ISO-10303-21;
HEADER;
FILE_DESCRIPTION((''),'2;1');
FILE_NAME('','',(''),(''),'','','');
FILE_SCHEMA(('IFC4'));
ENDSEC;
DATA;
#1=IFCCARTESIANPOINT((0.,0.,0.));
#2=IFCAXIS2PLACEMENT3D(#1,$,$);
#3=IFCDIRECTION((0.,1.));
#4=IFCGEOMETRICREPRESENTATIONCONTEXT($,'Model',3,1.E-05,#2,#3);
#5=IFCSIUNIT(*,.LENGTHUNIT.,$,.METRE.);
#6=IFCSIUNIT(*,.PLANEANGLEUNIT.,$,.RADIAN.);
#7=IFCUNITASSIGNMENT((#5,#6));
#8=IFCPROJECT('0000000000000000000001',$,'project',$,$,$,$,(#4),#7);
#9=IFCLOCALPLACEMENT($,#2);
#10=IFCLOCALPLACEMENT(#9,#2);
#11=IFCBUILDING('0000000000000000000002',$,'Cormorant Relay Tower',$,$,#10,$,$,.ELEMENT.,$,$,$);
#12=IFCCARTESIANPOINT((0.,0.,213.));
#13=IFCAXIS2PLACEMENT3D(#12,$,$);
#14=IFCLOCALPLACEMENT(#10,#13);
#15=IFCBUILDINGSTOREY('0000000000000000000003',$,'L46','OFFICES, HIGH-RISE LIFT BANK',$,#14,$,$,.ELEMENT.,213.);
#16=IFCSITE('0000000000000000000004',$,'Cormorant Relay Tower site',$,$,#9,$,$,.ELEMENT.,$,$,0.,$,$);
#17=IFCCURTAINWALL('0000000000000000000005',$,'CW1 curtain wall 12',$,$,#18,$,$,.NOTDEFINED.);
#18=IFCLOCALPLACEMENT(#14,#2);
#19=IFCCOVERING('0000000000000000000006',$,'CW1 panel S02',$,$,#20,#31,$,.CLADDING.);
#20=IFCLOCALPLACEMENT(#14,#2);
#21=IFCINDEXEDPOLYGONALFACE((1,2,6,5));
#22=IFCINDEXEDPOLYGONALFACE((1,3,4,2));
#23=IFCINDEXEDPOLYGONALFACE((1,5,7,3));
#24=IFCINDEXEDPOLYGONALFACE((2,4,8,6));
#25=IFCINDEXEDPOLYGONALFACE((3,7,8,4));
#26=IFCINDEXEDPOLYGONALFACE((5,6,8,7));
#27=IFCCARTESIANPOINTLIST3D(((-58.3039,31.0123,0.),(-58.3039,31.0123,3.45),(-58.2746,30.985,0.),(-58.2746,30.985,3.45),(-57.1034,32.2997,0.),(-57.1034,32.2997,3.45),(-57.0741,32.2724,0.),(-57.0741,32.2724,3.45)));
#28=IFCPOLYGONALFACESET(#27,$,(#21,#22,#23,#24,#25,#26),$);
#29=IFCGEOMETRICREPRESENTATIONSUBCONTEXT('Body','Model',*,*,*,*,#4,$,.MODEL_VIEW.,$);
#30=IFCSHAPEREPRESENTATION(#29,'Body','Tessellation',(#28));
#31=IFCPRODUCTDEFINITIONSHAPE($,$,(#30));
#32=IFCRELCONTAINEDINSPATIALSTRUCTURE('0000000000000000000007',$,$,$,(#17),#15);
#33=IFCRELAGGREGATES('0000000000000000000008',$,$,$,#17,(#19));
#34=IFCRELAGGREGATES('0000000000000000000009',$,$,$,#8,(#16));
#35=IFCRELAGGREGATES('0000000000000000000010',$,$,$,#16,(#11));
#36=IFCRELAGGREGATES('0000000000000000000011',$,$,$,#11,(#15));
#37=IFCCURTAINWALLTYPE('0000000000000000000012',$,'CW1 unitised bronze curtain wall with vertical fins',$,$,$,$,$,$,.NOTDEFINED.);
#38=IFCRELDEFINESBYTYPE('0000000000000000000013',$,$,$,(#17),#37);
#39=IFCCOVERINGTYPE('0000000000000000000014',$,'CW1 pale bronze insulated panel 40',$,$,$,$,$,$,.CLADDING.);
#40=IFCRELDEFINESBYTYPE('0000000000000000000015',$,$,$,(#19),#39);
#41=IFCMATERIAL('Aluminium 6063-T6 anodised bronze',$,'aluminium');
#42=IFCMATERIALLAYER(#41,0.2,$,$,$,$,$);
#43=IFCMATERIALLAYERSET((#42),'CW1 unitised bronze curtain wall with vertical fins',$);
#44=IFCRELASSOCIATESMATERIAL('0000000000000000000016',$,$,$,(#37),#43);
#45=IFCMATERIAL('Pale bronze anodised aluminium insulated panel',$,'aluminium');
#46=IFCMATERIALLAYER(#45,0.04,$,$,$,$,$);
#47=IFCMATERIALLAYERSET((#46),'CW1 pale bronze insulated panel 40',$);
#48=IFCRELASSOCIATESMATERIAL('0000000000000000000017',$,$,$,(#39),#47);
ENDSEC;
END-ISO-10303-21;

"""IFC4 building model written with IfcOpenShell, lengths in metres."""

from ifc_helpers import new_model, si_unit, direction, frame, origin, origin_2d, place, context, subcontext, project, spatial, rectangle, extrude, material, layer, layer_set, type_object, element, aggregate, save


model = new_model("IFC4")

# Units and contexts
model_context = context("Model", 3, precision=1e-05, world=origin(), true_north=direction((0.0, 1.0)))
body_context = subcontext(model_context, "Body", "Model", "MODEL_VIEW")
ifc_project = project(units=[si_unit("LENGTHUNIT", "METRE"), si_unit("PLANEANGLEUNIT", "RADIAN")], contexts=[model_context])

# Site, building, storey
site_placement = place(None, origin())
site = spatial("IfcSite", under=ifc_project, at=site_placement, Name="Cormorant Relay Tower site", CompositionType="ELEMENT", RefElevation=0.0)
building_placement = place(site_placement, origin())
building = spatial("IfcBuilding", under=site, at=building_placement, Name="Cormorant Relay Tower", CompositionType="ELEMENT")
storey_placement = place(building_placement, frame((0.0, 0.0, 213.0)))
storey = spatial("IfcBuildingStorey", under=building, at=storey_placement, Name="L46", Description="OFFICES, HIGH-RISE LIFT BANK", CompositionType="ELEMENT", Elevation=213.0)

# Shared definitions
ifc_material_1 = material(Name="Aluminium 6063-T6 anodised bronze", Category="aluminium")
ifc_layer_1 = layer(ifc_material_1, 0.2)
ifc_layer_set_1 = layer_set([ifc_layer_1], Name="CW1 unitised bronze curtain wall with vertical fins")
curtain_wall_type = type_object("IfcCurtainWallType", Name="CW1 unitised bronze curtain wall with vertical fins", PredefinedType="NOTDEFINED", material=ifc_layer_set_1)

# Curtain wall
curtain_wall_1_placement = place(storey_placement, origin())
curtain_wall_1 = element("IfcCurtainWall", 1, at=curtain_wall_1_placement, inside=storey, type_object=curtain_wall_type, Name="CW1 curtain wall 12", PredefinedType="NOTDEFINED")

# Covering
ifc_material_2 = material(Name="Pale bronze anodised aluminium insulated panel", Category="aluminium")
ifc_layer_2 = layer(ifc_material_2, 0.04)
ifc_layer_set_2 = layer_set([ifc_layer_2], Name="CW1 pale bronze insulated panel 40")
covering_type = type_object("IfcCoveringType", Name="CW1 pale bronze insulated panel 40", PredefinedType="CLADDING", material=ifc_layer_set_2)
covering_1_placement = place(storey_placement, frame((-57.689, 31.6423, 0.0), z_axis=(0.0, 0.0, 1.0), x_axis=(-0.681998, -0.731354, 0.0)))
covering_1 = element("IfcCovering", 2, at=covering_1_placement, type_object=covering_type, Name="CW1 panel S02", PredefinedType="CLADDING", context=body_context, shape_type="SweptSolid", body=[
    extrude(rectangle(XDim=1.7603, YDim=0.04, at=origin_2d()), origin(), (0.0, 0.0, 1.0), 3.45),
])
aggregate(curtain_wall_1, [covering_1])

save(model, "model.ifc")
